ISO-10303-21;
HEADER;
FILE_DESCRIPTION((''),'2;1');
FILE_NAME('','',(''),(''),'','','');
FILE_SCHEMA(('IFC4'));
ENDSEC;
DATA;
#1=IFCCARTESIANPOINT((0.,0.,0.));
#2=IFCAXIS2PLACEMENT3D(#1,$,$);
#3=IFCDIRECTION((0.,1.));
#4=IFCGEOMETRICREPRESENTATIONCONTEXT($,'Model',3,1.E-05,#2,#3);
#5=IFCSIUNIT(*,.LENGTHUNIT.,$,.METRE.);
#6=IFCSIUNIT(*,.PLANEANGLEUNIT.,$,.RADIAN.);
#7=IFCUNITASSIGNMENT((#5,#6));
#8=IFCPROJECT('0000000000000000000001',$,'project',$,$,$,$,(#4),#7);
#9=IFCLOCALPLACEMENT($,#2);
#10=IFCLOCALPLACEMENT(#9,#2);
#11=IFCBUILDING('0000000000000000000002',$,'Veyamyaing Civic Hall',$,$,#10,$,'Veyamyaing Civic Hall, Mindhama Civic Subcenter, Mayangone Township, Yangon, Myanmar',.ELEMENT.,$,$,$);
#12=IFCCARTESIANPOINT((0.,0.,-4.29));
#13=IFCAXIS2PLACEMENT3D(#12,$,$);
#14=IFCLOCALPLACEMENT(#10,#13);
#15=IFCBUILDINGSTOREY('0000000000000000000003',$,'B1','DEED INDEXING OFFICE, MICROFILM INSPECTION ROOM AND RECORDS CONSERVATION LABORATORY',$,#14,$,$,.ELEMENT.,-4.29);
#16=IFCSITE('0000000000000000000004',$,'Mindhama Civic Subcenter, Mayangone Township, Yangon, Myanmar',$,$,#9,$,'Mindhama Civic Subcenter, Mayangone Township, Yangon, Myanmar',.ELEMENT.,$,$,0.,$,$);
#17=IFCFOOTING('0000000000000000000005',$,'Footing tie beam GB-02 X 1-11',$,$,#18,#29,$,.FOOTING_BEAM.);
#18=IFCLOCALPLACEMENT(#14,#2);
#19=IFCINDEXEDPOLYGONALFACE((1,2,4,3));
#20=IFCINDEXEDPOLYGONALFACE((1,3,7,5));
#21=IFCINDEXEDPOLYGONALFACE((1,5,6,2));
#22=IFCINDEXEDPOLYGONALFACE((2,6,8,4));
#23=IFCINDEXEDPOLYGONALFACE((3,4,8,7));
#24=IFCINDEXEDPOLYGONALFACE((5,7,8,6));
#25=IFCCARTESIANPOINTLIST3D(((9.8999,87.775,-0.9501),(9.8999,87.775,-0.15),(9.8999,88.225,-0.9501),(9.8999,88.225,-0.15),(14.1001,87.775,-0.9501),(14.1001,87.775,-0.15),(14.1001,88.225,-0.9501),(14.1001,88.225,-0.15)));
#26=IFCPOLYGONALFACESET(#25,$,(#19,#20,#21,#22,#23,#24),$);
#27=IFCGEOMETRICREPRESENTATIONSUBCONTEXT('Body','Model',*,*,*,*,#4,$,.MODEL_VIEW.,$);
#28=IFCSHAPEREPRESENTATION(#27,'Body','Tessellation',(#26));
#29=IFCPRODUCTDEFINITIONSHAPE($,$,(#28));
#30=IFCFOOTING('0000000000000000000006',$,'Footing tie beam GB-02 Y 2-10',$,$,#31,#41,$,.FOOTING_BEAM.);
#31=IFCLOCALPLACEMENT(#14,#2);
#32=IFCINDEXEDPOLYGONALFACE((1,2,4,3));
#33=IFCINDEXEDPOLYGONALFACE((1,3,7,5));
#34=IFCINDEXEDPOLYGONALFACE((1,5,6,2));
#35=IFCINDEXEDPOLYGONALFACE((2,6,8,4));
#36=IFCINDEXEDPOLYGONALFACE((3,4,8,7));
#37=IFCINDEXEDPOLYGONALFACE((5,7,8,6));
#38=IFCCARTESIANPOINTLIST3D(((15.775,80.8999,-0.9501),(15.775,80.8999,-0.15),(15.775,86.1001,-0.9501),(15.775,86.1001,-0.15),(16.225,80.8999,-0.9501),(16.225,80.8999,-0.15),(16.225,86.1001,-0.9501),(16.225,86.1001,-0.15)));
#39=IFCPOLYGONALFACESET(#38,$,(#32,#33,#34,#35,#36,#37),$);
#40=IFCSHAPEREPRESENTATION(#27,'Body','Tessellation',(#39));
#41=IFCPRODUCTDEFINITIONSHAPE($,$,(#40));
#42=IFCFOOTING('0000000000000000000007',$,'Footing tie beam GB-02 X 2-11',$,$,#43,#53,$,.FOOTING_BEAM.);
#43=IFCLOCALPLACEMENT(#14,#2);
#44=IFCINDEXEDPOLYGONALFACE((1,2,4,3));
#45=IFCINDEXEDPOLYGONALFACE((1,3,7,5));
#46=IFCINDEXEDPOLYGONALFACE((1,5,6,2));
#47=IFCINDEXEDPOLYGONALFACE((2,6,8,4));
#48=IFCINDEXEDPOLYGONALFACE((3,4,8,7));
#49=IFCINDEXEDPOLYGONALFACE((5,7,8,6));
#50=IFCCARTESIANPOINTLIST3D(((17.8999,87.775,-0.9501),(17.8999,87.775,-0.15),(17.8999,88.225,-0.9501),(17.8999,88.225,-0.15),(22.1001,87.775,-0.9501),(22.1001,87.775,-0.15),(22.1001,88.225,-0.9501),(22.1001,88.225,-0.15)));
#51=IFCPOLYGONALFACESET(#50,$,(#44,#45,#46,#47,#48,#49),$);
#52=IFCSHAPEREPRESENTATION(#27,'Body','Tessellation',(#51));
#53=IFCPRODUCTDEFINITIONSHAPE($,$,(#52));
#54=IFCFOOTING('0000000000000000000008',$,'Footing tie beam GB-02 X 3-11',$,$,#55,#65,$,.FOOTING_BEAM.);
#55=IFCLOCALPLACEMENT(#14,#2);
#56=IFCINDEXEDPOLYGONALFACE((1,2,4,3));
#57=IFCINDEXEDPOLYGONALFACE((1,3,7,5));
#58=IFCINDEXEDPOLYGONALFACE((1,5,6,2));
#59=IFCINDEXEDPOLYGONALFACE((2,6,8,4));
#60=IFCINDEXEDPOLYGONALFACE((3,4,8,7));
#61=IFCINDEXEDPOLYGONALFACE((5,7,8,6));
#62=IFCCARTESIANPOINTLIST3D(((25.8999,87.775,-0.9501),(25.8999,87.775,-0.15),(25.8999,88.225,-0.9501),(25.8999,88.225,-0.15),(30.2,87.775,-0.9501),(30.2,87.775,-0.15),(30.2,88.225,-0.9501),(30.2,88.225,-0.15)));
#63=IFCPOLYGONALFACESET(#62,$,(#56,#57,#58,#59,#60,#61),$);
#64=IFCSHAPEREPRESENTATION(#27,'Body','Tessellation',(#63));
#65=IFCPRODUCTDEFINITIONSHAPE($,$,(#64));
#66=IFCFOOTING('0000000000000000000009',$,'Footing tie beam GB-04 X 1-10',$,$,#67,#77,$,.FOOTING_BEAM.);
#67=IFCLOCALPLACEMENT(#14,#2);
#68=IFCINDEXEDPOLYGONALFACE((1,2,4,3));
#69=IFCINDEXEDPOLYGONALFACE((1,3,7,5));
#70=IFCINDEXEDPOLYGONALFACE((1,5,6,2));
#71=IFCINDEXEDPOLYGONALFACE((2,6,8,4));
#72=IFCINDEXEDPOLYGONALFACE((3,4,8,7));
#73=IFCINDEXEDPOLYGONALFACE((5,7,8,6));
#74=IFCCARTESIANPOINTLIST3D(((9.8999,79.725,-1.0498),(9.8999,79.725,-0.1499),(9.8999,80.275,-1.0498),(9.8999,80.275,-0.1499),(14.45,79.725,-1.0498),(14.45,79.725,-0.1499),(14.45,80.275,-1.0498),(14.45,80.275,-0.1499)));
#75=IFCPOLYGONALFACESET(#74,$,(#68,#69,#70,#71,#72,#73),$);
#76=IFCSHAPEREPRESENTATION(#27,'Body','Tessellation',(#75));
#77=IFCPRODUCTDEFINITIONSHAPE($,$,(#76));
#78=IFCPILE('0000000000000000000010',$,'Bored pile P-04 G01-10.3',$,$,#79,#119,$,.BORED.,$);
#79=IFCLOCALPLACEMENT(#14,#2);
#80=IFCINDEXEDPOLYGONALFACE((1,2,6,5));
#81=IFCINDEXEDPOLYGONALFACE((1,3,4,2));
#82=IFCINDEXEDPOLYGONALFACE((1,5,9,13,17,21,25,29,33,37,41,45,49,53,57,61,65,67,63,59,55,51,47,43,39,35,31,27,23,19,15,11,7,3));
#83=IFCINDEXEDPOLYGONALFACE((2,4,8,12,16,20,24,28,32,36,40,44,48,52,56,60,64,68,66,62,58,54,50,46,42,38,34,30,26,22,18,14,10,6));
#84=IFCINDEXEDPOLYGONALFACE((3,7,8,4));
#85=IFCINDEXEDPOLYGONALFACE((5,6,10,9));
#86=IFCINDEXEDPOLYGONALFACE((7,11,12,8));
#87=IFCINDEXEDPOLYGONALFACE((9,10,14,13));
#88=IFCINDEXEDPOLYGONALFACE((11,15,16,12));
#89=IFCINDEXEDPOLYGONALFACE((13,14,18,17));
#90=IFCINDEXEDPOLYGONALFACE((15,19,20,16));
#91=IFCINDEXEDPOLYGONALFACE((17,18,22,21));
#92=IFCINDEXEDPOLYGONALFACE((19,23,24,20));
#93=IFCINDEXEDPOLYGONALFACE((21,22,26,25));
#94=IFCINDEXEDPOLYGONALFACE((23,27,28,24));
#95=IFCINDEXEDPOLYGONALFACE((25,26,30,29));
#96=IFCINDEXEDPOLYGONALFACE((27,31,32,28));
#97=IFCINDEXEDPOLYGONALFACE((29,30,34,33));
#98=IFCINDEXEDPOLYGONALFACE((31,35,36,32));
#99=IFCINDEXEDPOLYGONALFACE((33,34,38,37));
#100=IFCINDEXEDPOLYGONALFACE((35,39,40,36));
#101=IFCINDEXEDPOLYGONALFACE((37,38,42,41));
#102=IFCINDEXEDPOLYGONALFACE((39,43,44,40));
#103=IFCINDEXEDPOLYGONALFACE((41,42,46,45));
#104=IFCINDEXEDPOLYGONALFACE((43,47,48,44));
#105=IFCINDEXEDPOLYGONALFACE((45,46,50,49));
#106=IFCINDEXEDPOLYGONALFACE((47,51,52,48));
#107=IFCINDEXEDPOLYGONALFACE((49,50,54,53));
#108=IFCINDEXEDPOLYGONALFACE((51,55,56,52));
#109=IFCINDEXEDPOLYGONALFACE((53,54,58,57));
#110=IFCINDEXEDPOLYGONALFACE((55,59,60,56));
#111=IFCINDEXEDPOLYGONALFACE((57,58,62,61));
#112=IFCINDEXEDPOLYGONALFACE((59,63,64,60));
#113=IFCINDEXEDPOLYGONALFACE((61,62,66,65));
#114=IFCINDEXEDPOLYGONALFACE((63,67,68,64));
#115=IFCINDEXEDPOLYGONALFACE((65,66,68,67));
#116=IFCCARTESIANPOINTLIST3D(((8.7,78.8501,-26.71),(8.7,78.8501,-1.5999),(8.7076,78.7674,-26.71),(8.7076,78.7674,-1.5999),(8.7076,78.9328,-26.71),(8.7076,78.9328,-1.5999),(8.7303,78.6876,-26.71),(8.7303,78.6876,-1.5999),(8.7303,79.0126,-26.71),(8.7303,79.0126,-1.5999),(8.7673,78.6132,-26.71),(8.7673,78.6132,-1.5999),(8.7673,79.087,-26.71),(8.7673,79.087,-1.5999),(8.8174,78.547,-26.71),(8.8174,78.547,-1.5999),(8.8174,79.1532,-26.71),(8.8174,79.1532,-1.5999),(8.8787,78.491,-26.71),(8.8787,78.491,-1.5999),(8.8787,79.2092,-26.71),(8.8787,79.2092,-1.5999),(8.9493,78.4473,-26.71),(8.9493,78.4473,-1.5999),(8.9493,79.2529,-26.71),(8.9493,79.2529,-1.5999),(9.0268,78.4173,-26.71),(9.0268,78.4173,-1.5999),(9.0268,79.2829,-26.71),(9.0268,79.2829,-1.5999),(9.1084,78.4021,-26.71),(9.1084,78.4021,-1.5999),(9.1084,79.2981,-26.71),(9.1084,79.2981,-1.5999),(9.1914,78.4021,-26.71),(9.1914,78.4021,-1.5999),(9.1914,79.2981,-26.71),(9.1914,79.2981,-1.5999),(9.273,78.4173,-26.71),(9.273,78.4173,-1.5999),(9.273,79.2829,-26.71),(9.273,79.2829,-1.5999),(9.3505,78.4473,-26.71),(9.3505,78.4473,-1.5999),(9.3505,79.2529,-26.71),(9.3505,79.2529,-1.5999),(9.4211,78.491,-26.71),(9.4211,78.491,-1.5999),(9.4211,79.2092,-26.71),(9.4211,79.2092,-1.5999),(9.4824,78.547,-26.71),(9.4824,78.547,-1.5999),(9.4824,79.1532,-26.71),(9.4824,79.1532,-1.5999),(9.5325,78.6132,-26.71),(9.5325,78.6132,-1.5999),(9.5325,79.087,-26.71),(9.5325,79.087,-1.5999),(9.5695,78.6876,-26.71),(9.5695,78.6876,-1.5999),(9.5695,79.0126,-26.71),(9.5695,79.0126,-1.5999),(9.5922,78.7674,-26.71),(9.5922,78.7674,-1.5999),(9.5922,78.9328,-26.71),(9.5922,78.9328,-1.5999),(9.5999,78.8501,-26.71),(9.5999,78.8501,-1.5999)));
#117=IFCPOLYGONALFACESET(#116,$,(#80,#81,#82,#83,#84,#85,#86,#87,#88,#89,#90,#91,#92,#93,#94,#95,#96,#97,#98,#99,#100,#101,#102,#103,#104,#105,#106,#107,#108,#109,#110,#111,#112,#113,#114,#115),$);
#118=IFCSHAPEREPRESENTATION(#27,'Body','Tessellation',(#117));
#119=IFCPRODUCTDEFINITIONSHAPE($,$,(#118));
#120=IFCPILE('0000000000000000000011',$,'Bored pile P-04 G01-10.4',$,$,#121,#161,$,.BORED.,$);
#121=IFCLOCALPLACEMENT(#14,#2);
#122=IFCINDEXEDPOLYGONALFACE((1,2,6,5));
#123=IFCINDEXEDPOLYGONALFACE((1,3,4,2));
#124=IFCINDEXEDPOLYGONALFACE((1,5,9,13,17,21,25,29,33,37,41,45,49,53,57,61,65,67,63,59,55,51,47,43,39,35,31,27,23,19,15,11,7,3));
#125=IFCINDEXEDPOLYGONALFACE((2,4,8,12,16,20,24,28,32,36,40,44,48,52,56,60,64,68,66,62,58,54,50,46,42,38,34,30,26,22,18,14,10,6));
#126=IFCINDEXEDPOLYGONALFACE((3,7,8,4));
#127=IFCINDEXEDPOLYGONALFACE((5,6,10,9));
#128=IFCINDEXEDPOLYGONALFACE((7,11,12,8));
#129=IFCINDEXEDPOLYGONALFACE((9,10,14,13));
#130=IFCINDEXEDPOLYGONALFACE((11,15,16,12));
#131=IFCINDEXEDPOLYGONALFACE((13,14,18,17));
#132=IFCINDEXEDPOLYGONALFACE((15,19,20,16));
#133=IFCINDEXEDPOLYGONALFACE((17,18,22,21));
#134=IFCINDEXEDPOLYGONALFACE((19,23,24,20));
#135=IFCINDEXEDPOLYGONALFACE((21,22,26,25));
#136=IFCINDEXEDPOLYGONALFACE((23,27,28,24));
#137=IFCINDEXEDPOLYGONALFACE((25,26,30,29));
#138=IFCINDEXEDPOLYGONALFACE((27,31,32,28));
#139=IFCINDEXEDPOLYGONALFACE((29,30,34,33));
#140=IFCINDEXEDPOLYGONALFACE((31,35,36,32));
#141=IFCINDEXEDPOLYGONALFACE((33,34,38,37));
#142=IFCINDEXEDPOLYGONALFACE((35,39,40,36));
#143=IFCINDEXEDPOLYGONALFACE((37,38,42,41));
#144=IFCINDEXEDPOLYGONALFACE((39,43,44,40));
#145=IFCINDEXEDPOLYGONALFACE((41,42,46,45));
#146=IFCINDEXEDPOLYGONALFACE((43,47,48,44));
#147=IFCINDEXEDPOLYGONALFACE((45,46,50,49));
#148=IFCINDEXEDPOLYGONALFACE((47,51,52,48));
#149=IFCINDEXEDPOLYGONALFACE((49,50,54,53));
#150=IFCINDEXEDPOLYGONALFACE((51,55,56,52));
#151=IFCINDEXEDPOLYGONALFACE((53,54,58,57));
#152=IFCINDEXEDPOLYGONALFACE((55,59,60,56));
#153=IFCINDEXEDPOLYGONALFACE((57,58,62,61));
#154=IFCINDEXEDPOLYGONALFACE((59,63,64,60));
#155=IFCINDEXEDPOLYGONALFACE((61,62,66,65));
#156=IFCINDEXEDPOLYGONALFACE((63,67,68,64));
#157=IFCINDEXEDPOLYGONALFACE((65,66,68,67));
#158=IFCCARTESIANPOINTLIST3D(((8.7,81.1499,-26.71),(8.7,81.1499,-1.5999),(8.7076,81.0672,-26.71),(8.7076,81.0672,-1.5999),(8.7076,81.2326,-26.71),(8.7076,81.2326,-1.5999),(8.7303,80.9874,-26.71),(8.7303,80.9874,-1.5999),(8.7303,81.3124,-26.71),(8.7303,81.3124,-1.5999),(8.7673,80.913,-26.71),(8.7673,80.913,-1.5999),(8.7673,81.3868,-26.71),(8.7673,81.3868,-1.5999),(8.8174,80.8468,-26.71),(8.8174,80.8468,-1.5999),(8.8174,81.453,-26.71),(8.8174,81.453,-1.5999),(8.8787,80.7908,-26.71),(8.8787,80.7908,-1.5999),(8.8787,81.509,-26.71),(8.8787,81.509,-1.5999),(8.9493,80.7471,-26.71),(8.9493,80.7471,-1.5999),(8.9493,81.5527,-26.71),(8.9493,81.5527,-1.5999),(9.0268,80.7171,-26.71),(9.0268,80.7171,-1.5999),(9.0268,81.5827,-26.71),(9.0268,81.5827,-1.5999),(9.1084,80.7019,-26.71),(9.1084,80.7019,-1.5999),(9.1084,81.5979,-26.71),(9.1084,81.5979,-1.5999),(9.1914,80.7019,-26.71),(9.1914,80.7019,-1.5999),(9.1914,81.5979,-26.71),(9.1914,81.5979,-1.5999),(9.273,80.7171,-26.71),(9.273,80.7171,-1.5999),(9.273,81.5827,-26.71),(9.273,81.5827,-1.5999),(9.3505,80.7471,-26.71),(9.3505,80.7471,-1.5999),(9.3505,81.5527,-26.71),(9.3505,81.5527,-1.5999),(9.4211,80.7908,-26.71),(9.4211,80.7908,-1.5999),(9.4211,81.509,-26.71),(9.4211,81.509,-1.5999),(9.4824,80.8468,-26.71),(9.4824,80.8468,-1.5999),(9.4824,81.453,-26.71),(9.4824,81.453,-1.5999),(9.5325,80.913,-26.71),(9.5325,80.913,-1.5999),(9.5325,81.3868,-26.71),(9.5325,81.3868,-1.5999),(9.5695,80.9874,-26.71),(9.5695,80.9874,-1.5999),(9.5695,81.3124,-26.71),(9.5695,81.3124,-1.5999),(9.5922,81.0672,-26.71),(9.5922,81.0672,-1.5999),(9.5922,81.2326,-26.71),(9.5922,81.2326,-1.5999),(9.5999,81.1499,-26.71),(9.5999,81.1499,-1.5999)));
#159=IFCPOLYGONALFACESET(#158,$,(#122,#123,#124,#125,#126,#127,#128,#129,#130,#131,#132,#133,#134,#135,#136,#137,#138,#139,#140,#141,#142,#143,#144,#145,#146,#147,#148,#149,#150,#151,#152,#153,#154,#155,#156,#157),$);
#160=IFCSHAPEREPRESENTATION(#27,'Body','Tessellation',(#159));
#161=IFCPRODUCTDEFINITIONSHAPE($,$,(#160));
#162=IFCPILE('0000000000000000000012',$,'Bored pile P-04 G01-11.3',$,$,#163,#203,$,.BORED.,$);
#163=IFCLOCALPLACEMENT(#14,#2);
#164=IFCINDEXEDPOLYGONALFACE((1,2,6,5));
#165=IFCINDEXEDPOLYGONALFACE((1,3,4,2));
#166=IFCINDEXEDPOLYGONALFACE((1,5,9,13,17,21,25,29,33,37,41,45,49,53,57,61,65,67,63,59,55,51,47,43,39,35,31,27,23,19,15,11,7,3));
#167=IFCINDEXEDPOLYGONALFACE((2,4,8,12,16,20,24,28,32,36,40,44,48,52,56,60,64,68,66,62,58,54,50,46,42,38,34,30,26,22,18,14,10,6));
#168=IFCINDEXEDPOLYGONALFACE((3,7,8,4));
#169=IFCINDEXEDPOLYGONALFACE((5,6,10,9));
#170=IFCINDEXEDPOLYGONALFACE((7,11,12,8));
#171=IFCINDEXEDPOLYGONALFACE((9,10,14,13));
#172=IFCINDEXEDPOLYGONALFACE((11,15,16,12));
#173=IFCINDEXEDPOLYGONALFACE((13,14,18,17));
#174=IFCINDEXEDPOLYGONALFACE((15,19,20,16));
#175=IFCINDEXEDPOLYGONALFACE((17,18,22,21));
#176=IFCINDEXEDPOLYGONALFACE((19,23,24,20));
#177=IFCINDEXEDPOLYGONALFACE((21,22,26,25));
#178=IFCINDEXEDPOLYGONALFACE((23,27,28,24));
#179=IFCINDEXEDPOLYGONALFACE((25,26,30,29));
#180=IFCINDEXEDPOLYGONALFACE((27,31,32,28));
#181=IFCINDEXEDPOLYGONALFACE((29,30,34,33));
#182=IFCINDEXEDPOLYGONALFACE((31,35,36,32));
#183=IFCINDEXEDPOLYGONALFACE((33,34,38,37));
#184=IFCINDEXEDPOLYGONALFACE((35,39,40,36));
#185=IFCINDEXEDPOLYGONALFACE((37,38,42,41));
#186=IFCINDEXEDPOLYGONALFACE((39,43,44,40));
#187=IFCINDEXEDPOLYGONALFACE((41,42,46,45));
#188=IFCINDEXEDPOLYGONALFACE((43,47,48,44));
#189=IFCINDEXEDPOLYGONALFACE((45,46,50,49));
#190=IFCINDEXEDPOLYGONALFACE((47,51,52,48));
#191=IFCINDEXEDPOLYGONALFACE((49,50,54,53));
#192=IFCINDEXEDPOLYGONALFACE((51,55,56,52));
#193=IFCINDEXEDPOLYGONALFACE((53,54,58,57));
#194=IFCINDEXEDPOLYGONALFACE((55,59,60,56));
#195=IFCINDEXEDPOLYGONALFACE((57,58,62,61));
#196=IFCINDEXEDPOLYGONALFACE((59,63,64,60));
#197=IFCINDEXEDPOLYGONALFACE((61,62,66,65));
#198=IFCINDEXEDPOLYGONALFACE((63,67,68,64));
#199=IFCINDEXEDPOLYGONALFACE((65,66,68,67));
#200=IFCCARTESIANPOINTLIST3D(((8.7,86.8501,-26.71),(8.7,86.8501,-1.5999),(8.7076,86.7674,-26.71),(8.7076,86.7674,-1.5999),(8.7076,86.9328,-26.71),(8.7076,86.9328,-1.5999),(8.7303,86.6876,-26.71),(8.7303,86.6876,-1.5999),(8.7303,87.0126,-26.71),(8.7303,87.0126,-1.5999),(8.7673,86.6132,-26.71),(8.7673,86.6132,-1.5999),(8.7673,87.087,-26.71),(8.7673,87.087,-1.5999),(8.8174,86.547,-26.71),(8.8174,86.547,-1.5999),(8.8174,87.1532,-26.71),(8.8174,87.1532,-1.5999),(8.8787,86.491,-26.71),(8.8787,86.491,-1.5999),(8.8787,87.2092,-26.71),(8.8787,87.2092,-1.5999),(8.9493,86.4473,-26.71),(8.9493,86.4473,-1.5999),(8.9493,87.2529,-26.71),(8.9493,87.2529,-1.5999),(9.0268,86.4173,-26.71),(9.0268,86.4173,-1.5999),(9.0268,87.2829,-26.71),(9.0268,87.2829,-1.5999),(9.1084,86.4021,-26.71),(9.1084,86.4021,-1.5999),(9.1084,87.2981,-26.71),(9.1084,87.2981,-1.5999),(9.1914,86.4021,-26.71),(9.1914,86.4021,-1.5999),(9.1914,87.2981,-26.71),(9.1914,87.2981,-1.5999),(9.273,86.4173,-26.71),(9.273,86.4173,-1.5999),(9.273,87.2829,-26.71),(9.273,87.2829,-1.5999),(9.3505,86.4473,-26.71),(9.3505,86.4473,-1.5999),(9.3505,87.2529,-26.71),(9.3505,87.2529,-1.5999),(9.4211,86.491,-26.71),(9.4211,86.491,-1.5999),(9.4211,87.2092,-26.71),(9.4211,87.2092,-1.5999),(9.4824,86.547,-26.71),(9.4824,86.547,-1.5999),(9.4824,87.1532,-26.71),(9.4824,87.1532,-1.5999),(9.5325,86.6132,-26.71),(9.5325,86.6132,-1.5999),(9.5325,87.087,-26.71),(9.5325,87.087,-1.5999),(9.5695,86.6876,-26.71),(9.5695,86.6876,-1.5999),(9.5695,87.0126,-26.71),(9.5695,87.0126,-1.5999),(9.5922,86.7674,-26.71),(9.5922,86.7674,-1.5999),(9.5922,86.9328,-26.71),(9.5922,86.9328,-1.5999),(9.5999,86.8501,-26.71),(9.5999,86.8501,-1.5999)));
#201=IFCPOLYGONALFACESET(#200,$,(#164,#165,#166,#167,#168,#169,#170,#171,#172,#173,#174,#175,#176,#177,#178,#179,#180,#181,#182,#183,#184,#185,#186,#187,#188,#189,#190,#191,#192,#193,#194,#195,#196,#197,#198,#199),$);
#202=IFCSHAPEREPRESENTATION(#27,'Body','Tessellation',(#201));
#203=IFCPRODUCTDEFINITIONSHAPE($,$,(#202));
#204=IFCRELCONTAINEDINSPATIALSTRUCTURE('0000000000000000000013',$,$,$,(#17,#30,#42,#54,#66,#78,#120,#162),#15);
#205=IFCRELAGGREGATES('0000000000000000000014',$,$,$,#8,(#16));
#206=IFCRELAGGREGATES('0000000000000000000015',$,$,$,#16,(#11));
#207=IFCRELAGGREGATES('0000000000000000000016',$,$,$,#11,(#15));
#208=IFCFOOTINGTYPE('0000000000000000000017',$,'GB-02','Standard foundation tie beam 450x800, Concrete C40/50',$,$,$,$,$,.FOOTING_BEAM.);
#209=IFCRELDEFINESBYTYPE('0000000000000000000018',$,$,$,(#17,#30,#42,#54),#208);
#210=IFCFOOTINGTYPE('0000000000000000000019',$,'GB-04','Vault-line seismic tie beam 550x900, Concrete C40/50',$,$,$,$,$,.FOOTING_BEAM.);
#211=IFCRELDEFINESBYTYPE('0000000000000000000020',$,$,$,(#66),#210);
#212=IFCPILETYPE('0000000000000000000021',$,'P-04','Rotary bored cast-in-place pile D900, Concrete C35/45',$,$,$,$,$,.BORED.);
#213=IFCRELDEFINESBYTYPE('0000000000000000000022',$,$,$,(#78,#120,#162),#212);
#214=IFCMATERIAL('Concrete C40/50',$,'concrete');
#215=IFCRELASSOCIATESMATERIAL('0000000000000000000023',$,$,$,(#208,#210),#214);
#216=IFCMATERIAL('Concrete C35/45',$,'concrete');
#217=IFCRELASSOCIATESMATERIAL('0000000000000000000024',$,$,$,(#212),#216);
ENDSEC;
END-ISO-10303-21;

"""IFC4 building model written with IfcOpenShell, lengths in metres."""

from ifc_helpers import new_model, si_unit, direction, frame, origin, origin_2d, place, context, subcontext, project, spatial, rectangle, circle, extrude, material, material_profile, profile_set, type_object, element, save


model = new_model("IFC4")

# Units and contexts
model_context = context("Model", 3, precision=1e-05, world=origin(), true_north=direction((0.0, 1.0)))
body_context = subcontext(model_context, "Body", "Model", "MODEL_VIEW")
ifc_project = project(units=[si_unit("LENGTHUNIT", "METRE"), si_unit("PLANEANGLEUNIT", "RADIAN")], contexts=[model_context])

# Site, building, storey
site_placement = place(None, origin())
site = spatial("IfcSite", under=ifc_project, at=site_placement, Name="Mindhama Civic Subcenter, Mayangone Township, Yangon, Myanmar", LongName="Mindhama Civic Subcenter, Mayangone Township, Yangon, Myanmar", CompositionType="ELEMENT", RefElevation=0.0)
building_placement = place(site_placement, origin())
building = spatial("IfcBuilding", under=site, at=building_placement, Name="Veyamyaing Civic Hall", LongName="Veyamyaing Civic Hall, Mindhama Civic Subcenter, Mayangone Township, Yangon, Myanmar", CompositionType="ELEMENT")
storey_placement = place(building_placement, frame((0.0, 0.0, -4.29)))
storey = spatial("IfcBuildingStorey", under=building, at=storey_placement, Name="B1", Description="DEED INDEXING OFFICE, MICROFILM INSPECTION ROOM AND RECORDS CONSERVATION LABORATORY", CompositionType="ELEMENT", Elevation=-4.29)

# Footings
ifc_material_1 = material(Name="Concrete C40/50", Category="concrete")
ifc_material_profile_1 = material_profile(ifc_material_1, rectangle(XDim=0.45, YDim=0.8, at=origin_2d()), Name="GB-450X800")
ifc_profile_set_1 = profile_set([ifc_material_profile_1], Name="Concrete C40/50")
footing_type_1 = type_object("IfcFootingType", Name="GB-02", Description="Standard foundation tie beam 450x800, Concrete C40/50", PredefinedType="FOOTING_BEAM", material=ifc_profile_set_1)
footing_1_placement = place(storey_placement, frame((9.8999, 88.0, -0.55), z_axis=(1.0, 0.0, 0.0), x_axis=(0.0, 1.0, 0.0)))
element("IfcFooting", 1, at=footing_1_placement, inside=storey, type_object=footing_type_1, Name="Footing tie beam GB-02 X 1-11", PredefinedType="FOOTING_BEAM", context=body_context, shape_type="SweptSolid", body=[
    extrude(rectangle(XDim=0.45, YDim=0.8, at=origin_2d()), origin(), (0.0, 0.0, 1.0), 4.2002),
])
footing_2_placement = place(storey_placement, frame((16.0, 80.8999, -0.55), z_axis=(0.0, 1.0, 0.0), x_axis=(-1.0, 0.0, 0.0)))
element("IfcFooting", 2, at=footing_2_placement, inside=storey, type_object=footing_type_1, Name="Footing tie beam GB-02 Y 2-10", PredefinedType="FOOTING_BEAM", context=body_context, shape_type="SweptSolid", body=[
    extrude(rectangle(XDim=0.45, YDim=0.8, at=origin_2d()), origin(), (0.0, 0.0, 1.0), 5.2002),
])
footing_3_placement = place(storey_placement, frame((17.8999, 88.0, -0.55), z_axis=(1.0, 0.0, 0.0), x_axis=(0.0, 1.0, 0.0)))
element("IfcFooting", 3, at=footing_3_placement, inside=storey, type_object=footing_type_1, Name="Footing tie beam GB-02 X 2-11", PredefinedType="FOOTING_BEAM", context=body_context, shape_type="SweptSolid", body=[
    extrude(rectangle(XDim=0.45, YDim=0.8, at=origin_2d()), origin(), (0.0, 0.0, 1.0), 4.2002),
])
footing_4_placement = place(storey_placement, frame((25.8999, 88.0, -0.55), z_axis=(1.0, 0.0, 0.0), x_axis=(0.0, 1.0, 0.0)))
element("IfcFooting", 4, at=footing_4_placement, inside=storey, type_object=footing_type_1, Name="Footing tie beam GB-02 X 3-11", PredefinedType="FOOTING_BEAM", context=body_context, shape_type="SweptSolid", body=[
    extrude(rectangle(XDim=0.45, YDim=0.8, at=origin_2d()), origin(), (0.0, 0.0, 1.0), 4.3),
])
ifc_material_profile_2 = material_profile(ifc_material_1, rectangle(XDim=0.55, YDim=0.8999, at=origin_2d()), Name="GB-550X900")
ifc_profile_set_2 = profile_set([ifc_material_profile_2], Name="Concrete C40/50")
footing_type_2 = type_object("IfcFootingType", Name="GB-04", Description="Vault-line seismic tie beam 550x900, Concrete C40/50", PredefinedType="FOOTING_BEAM", material=ifc_profile_set_2)
footing_5_placement = place(storey_placement, frame((9.8999, 80.0, -0.5999), z_axis=(1.0, 0.0, 0.0), x_axis=(0.0, 1.0, 0.0)))
element("IfcFooting", 5, at=footing_5_placement, inside=storey, type_object=footing_type_2, Name="Footing tie beam GB-04 X 1-10", PredefinedType="FOOTING_BEAM", context=body_context, shape_type="SweptSolid", body=[
    extrude(rectangle(XDim=0.55, YDim=0.8999, at=origin_2d()), origin(), (0.0, 0.0, 1.0), 4.55),
])

# Piles
ifc_material_2 = material(Name="Concrete C35/45", Category="concrete")
ifc_material_profile_3 = material_profile(ifc_material_2, circle(Radius=0.45, at=origin_2d()), Name="PILE-D900")
ifc_profile_set_3 = profile_set([ifc_material_profile_3], Name="Concrete C35/45")
pile_type_1 = type_object("IfcPileType", Name="P-04", Description="Rotary bored cast-in-place pile D900, Concrete C35/45", PredefinedType="BORED", material=ifc_profile_set_3)
for number, where, z_axis, x_axis, name in (
    (6, (9.1499, 78.8501, -1.5999), (0.0, 0.0, -1.0), (1.0, 0.0, 0.0), "Bored pile P-04 G01-10.3"),
    (7, (9.1499, 81.1499, -1.5999), (0.0, 0.0, -1.0), (1.0, 0.0, 0.0), "Bored pile P-04 G01-10.4"),
    (8, (9.1499, 86.8501, -1.5999), (0.0, 0.0, -1.0), (1.0, 0.0, 0.0), "Bored pile P-04 G01-11.3"),
):
    element("IfcPile", number, at=place(storey_placement, frame(where, z_axis=z_axis, x_axis=x_axis)), inside=storey, type_object=pile_type_1, Name=name, PredefinedType="BORED", context=body_context, shape_type="SweptSolid", body=[
        extrude(circle(Radius=0.45, at=origin_2d()), origin(), (0.0, 0.0, 1.0), 25.1101),
    ])

save(model, "model.ifc")
